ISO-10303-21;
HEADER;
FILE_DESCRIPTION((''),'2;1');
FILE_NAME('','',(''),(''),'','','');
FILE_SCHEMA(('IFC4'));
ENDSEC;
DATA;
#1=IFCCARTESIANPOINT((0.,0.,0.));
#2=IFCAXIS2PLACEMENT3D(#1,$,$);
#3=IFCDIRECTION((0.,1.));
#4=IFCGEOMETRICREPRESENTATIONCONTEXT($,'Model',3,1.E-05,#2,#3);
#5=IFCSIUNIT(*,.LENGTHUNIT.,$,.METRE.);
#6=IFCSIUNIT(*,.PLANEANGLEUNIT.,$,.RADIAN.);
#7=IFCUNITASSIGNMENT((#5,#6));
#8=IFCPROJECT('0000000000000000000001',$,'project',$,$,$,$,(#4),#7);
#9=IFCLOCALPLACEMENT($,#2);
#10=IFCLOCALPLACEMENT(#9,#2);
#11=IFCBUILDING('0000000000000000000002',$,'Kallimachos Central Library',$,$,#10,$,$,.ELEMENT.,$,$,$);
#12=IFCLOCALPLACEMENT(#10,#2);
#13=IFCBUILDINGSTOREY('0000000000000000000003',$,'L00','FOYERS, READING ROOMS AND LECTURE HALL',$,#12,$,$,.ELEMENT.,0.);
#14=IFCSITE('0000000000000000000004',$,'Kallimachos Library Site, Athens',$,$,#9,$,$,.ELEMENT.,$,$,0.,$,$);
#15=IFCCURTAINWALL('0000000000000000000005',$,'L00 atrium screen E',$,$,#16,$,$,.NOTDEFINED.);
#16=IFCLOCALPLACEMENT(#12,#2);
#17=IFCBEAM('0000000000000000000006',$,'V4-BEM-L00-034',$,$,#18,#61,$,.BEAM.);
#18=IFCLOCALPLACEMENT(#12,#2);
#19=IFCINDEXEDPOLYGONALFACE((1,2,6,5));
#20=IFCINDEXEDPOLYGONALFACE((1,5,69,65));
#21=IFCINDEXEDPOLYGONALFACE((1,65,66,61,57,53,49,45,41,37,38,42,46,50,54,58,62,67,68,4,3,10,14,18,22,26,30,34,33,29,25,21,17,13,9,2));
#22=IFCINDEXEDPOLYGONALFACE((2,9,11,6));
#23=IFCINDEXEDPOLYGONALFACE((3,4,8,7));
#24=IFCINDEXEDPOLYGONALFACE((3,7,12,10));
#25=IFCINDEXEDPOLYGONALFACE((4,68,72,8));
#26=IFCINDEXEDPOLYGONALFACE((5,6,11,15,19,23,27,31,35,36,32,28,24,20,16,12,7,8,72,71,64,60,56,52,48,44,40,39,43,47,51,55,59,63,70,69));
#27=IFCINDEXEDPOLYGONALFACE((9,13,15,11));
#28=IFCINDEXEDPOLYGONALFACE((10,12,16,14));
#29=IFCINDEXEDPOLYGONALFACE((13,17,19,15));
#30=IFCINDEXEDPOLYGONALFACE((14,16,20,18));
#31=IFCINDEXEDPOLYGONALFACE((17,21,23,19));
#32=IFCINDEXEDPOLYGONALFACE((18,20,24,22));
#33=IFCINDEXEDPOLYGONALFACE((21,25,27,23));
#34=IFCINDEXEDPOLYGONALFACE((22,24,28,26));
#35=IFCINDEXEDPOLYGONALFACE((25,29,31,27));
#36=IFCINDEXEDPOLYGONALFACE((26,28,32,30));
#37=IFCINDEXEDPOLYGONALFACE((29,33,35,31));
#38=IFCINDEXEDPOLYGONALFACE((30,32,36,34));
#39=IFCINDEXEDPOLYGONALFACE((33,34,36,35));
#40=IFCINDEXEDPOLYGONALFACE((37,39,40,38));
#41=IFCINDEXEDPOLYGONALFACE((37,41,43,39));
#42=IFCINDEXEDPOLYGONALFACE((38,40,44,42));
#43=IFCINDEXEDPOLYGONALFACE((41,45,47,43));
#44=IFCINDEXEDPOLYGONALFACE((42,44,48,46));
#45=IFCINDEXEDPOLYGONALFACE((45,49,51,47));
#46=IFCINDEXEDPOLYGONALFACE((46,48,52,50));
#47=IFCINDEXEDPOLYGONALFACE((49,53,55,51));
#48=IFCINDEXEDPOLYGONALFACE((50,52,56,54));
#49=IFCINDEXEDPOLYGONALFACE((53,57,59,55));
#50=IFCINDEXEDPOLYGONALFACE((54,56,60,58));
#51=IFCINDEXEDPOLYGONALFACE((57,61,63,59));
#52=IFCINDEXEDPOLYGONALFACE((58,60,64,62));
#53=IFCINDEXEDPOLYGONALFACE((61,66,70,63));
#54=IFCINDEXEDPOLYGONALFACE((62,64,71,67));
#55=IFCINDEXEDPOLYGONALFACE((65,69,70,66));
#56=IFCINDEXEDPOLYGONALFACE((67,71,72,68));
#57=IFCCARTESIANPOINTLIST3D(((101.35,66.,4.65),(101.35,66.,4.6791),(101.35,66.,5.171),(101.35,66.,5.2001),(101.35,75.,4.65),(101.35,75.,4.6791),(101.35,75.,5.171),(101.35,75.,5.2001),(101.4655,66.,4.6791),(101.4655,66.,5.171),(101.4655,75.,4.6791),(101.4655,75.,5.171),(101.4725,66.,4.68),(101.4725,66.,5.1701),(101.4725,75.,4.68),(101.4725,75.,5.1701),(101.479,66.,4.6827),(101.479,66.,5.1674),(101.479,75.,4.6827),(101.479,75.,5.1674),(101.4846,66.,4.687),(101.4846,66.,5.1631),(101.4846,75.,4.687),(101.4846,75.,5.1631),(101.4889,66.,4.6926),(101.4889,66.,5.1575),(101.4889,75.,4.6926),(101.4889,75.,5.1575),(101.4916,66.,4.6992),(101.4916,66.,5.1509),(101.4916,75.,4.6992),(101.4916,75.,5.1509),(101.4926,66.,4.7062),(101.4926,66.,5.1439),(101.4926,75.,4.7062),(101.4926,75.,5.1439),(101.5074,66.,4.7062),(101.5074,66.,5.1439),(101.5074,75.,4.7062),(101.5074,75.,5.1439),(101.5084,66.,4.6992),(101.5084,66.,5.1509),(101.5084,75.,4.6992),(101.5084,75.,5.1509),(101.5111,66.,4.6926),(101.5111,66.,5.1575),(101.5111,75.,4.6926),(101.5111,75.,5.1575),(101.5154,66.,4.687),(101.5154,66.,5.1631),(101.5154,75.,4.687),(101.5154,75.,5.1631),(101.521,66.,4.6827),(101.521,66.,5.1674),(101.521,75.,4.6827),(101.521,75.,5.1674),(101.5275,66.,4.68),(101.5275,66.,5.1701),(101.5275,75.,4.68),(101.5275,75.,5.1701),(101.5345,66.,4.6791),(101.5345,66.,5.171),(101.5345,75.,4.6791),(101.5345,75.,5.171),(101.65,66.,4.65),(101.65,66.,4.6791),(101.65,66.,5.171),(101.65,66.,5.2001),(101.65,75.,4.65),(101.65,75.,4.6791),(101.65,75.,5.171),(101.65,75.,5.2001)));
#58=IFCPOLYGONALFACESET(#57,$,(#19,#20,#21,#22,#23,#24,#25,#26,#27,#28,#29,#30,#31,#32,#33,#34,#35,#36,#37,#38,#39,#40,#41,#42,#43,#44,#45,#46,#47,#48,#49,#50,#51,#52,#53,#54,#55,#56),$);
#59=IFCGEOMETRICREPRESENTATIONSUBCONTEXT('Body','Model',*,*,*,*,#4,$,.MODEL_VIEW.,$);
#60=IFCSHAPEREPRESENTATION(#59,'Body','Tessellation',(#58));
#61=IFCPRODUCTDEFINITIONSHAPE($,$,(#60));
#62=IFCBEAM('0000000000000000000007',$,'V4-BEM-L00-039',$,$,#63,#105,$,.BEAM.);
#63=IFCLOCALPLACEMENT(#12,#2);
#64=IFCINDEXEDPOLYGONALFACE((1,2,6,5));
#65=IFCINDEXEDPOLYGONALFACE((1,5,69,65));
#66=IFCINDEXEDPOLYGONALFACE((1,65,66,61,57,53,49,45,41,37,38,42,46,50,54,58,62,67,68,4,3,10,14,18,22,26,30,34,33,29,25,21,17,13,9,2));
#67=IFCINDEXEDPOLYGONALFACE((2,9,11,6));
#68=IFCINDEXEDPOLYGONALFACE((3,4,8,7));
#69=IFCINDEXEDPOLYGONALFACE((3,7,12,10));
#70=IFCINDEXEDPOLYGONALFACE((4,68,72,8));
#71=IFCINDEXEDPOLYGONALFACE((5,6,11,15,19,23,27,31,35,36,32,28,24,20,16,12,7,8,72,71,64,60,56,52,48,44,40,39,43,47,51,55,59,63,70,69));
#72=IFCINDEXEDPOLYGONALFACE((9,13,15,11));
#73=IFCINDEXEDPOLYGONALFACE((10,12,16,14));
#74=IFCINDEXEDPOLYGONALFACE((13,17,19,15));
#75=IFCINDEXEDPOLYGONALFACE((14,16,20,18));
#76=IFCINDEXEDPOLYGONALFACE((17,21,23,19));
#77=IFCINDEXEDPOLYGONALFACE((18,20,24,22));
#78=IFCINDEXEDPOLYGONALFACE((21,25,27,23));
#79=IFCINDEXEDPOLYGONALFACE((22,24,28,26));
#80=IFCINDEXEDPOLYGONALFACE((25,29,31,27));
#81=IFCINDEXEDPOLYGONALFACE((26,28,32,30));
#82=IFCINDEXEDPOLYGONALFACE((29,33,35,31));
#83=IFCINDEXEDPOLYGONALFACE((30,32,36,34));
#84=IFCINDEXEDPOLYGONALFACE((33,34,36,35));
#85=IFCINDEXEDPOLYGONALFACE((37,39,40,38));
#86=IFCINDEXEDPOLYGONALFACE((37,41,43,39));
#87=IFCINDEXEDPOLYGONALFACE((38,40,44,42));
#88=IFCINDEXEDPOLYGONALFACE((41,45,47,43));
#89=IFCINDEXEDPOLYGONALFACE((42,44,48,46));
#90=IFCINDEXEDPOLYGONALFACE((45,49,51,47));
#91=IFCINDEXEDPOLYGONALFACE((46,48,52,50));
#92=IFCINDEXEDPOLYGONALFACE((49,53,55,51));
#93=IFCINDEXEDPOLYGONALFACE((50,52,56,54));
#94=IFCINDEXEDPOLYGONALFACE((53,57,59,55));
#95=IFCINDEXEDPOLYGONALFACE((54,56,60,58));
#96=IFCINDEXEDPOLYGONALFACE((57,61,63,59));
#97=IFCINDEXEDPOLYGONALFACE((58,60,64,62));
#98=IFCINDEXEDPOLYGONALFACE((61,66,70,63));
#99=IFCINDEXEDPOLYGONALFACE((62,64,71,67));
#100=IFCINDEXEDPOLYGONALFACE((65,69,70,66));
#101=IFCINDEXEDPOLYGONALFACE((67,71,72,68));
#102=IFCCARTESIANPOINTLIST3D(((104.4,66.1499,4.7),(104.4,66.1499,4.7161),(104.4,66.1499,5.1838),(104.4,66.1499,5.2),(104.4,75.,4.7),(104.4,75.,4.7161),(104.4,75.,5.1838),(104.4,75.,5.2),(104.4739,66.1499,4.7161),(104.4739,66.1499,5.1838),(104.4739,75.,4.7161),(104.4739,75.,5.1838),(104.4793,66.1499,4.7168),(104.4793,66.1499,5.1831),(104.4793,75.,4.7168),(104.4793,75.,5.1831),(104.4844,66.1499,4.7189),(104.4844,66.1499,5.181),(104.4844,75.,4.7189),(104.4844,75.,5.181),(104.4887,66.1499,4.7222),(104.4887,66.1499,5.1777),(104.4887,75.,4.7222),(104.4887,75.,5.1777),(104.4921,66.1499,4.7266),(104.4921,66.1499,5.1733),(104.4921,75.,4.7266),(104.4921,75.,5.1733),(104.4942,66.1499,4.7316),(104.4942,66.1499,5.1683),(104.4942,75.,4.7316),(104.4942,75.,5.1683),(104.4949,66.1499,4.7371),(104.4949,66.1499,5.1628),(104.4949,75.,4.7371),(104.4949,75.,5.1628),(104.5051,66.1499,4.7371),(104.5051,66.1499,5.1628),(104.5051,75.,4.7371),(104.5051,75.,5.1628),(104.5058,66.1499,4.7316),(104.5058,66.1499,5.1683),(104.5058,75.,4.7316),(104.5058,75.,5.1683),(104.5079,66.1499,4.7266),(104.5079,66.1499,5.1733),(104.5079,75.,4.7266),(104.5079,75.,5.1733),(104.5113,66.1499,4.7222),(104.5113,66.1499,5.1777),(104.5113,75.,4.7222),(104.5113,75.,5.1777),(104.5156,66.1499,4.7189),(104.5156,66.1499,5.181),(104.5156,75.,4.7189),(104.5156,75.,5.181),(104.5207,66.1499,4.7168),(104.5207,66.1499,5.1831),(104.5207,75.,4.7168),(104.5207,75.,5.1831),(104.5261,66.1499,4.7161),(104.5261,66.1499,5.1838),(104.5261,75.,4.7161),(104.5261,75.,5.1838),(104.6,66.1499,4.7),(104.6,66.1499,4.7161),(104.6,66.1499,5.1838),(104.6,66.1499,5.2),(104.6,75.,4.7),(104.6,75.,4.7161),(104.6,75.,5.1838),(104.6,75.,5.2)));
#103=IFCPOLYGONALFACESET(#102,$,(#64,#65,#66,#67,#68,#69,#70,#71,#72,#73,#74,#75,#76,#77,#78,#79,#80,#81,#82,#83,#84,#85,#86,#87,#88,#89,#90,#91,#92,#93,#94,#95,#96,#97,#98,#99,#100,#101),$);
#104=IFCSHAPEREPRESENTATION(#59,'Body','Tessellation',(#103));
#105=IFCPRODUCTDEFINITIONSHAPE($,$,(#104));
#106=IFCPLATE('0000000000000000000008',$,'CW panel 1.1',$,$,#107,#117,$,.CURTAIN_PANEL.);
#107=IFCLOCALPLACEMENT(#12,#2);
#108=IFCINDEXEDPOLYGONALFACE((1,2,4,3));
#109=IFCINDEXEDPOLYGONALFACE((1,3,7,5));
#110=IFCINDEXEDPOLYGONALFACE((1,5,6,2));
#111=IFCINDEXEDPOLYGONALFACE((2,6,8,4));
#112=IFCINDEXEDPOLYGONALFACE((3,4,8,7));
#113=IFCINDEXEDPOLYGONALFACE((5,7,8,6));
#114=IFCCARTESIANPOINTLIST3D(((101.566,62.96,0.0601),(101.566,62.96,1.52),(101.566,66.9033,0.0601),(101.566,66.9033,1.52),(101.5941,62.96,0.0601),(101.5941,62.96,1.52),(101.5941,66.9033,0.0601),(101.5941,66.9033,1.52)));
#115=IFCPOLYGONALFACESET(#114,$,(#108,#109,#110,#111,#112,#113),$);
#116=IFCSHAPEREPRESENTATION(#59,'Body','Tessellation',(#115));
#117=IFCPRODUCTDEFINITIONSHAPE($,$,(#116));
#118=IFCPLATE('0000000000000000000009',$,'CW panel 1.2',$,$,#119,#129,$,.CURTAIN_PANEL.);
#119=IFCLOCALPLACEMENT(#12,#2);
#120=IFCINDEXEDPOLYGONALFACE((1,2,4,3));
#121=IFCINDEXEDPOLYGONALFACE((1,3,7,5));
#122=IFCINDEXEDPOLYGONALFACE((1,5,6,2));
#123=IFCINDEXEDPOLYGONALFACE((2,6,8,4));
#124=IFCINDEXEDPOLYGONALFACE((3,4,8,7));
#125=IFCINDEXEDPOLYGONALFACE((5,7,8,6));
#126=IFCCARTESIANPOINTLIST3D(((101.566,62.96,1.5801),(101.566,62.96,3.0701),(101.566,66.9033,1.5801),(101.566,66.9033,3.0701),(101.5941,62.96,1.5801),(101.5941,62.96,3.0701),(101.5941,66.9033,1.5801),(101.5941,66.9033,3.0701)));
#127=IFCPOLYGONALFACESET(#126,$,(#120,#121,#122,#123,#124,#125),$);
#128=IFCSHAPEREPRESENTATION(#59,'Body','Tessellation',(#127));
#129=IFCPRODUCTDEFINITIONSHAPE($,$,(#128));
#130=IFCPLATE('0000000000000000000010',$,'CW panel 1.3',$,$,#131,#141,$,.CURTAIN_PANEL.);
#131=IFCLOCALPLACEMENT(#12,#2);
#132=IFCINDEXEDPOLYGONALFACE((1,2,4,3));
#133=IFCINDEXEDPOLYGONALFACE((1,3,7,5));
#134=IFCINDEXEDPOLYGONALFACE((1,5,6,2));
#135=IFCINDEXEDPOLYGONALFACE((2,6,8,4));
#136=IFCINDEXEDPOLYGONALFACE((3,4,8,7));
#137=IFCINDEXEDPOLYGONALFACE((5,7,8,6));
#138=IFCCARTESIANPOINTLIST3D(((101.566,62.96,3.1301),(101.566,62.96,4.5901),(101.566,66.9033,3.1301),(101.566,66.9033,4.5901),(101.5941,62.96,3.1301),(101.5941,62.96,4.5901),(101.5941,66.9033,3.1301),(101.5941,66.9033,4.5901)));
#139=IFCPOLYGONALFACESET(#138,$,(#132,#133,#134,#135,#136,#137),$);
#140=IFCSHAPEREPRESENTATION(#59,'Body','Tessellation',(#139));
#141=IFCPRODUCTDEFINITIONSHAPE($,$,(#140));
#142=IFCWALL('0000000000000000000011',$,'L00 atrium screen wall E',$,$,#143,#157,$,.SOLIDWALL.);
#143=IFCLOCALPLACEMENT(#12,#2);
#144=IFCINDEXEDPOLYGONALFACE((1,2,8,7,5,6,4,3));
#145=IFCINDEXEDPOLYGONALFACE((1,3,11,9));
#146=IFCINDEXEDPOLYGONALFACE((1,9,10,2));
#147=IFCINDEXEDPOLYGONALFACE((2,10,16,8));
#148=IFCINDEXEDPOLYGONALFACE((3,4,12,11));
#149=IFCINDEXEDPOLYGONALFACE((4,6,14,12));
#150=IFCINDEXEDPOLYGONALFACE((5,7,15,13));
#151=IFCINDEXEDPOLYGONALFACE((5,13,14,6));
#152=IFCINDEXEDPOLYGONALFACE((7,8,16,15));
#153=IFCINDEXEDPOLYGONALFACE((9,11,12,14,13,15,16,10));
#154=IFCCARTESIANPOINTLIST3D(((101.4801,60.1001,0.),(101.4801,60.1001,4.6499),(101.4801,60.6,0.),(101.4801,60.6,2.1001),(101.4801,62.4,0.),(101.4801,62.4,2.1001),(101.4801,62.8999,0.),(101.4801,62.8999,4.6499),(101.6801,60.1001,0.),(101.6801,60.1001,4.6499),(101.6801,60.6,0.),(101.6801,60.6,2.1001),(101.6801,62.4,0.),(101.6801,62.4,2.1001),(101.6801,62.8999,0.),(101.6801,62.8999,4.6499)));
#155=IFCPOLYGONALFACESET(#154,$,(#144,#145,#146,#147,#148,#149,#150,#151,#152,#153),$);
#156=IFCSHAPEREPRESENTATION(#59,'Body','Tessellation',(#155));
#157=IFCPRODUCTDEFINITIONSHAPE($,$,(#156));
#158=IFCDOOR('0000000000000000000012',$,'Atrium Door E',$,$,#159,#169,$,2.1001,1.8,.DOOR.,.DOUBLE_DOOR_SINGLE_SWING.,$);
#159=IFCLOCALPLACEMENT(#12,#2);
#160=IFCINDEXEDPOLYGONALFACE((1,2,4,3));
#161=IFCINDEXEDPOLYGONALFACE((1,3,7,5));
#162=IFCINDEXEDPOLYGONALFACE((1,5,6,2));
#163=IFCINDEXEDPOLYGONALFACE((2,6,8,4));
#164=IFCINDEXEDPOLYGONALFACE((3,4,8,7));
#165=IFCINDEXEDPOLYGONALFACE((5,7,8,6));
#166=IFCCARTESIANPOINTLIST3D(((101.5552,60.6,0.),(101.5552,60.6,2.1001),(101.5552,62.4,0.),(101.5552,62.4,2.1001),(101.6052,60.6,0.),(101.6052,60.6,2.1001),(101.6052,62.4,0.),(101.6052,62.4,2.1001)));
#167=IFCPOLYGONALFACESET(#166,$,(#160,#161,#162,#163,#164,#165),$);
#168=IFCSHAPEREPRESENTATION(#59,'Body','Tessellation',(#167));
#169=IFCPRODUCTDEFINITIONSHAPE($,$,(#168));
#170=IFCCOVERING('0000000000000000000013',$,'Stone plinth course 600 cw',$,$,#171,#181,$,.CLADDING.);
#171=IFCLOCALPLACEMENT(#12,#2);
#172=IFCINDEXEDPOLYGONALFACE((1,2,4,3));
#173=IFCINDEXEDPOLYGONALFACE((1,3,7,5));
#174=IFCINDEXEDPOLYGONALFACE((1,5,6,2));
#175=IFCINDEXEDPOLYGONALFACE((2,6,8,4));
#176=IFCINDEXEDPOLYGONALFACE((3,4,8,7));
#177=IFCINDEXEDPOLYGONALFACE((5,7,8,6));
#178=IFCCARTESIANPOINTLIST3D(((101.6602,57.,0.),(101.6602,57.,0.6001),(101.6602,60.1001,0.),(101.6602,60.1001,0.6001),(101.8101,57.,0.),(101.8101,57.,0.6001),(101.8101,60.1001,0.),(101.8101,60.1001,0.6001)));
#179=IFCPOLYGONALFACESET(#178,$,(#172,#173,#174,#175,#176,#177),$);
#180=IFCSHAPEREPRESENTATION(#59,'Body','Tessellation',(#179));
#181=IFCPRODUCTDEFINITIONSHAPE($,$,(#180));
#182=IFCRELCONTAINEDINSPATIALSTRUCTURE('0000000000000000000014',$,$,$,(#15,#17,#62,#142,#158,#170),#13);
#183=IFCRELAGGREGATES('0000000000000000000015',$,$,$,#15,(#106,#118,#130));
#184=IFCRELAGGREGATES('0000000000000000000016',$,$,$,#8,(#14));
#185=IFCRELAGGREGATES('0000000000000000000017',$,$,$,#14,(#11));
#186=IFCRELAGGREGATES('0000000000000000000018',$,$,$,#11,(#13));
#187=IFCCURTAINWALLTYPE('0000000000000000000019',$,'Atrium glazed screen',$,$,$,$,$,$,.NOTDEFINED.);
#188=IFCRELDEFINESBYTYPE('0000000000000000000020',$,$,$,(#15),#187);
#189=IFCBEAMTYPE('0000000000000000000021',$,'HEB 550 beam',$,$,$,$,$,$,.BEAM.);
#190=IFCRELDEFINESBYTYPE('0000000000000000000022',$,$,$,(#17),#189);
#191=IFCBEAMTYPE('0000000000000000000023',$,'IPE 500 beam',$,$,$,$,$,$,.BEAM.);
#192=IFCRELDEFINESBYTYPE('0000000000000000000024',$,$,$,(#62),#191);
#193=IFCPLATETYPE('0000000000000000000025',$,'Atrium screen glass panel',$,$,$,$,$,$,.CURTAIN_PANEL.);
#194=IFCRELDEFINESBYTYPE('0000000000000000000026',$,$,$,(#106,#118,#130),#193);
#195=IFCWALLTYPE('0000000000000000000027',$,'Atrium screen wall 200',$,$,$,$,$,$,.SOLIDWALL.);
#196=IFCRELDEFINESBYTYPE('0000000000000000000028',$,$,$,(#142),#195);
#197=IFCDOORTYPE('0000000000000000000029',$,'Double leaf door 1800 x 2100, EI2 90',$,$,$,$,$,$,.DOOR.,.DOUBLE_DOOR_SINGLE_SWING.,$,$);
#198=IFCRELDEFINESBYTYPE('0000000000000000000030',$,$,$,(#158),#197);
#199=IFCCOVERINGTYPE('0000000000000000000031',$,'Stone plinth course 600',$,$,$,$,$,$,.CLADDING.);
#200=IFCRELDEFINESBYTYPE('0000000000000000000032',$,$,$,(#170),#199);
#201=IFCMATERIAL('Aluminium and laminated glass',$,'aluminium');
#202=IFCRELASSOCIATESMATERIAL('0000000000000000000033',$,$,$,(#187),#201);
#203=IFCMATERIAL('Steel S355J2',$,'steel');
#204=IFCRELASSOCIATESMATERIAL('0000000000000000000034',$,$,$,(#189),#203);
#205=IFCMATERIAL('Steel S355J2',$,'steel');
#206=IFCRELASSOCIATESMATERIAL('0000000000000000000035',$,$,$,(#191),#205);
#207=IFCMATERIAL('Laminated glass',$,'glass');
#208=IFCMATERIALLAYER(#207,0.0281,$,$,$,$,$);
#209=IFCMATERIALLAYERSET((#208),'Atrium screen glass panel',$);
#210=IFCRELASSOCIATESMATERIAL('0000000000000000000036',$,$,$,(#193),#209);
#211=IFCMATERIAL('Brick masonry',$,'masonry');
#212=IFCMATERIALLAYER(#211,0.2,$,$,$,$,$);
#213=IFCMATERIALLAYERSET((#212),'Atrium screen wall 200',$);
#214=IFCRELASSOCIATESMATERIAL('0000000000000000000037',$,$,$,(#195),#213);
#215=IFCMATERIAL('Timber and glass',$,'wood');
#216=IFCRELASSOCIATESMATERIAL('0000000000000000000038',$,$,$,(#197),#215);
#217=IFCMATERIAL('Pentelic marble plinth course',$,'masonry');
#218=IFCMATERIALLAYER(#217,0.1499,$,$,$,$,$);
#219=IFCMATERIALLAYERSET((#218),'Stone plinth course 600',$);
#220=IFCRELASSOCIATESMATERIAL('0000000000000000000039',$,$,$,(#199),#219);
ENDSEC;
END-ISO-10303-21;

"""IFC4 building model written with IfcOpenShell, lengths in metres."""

from ifc_helpers import new_model, si_unit, direction, frame, frame_2d, origin, origin_2d, place, context, subcontext, project, spatial, rectangle, i_section, extrude, material, layer, layer_set, material_profile, profile_set, type_object, element, fill, aggregate, save


model = new_model("IFC4")

# Units and contexts
model_context = context("Model", 3, precision=1e-05, world=origin(), true_north=direction((0.0, 1.0)))
body_context = subcontext(model_context, "Body", "Model", "MODEL_VIEW")
ifc_project = project(units=[si_unit("LENGTHUNIT", "METRE"), si_unit("PLANEANGLEUNIT", "RADIAN")], contexts=[model_context])

# Site, building, storey
site_placement = place(None, origin())
site = spatial("IfcSite", under=ifc_project, at=site_placement, Name="Kallimachos Library Site, Athens", CompositionType="ELEMENT", RefElevation=0.0)
building_placement = place(site_placement, origin())
building = spatial("IfcBuilding", under=site, at=building_placement, Name="Kallimachos Central Library", CompositionType="ELEMENT")
storey_placement = place(building_placement, origin())
storey = spatial("IfcBuildingStorey", under=building, at=storey_placement, Name="L00", Description="FOYERS, READING ROOMS AND LECTURE HALL", CompositionType="ELEMENT", Elevation=0.0)

# Shared definitions
ifc_material_1 = material(Name="Aluminium and laminated glass", Category="aluminium")
curtain_wall_type = type_object("IfcCurtainWallType", Name="Atrium glazed screen", PredefinedType="NOTDEFINED", material=ifc_material_1)

# Curtain wall
curtain_wall_1_placement = place(storey_placement, origin())
curtain_wall_1 = element("IfcCurtainWall", 1, at=curtain_wall_1_placement, inside=storey, type_object=curtain_wall_type, Name="L00 atrium screen E", PredefinedType="NOTDEFINED")

# Beams
ifc_material_2 = material(Name="Steel S355J2", Category="steel")
ifc_material_profile_1 = material_profile(ifc_material_2, i_section(OverallWidth=0.3, OverallDepth=0.55, WebThickness=0.0149, FlangeThickness=0.0291, FilletRadius=0.0271, at=origin_2d()), Name="HEB 550")
ifc_profile_set_1 = profile_set([ifc_material_profile_1], Name="Steel S355J2")
beam_type_1 = type_object("IfcBeamType", Name="HEB 550 beam", PredefinedType="BEAM", material=ifc_profile_set_1)
for number, where, z_axis, x_axis, name in (
    (2, (101.5, 66.0, 4.925), (0.0, 1.0, 0.0), (-1.0, 0.0, 0.0), "V4-BEM-L00-034"),
):
    element("IfcBeam", number, at=place(storey_placement, frame(where, z_axis=z_axis, x_axis=x_axis)), inside=storey, type_object=beam_type_1, Name=name, PredefinedType="BEAM", context=body_context, shape_type="SweptSolid", body=[
        extrude(i_section(OverallWidth=0.3, OverallDepth=0.55, WebThickness=0.0149, FlangeThickness=0.0291, FilletRadius=0.0271, at=origin_2d()), origin(), (0.0, 0.0, 1.0), 9.0),
    ])
ifc_material_3 = material(Name="Steel S355J2", Category="steel")
ifc_material_profile_2 = material_profile(ifc_material_3, i_section(OverallWidth=0.2, OverallDepth=0.5, WebThickness=0.0103, FlangeThickness=0.0161, FilletRadius=0.021, at=origin_2d()), Name="IPE 500")
ifc_profile_set_2 = profile_set([ifc_material_profile_2], Name="Steel S355J2")
beam_type_2 = type_object("IfcBeamType", Name="IPE 500 beam", PredefinedType="BEAM", material=ifc_profile_set_2)
beam_placement = place(storey_placement, frame((104.5, 66.1499, 4.95), z_axis=(0.0, 1.0, 0.0), x_axis=(-1.0, 0.0, 0.0)))
element("IfcBeam", 3, at=beam_placement, inside=storey, type_object=beam_type_2, Name="V4-BEM-L00-039", PredefinedType="BEAM", context=body_context, shape_type="SweptSolid", body=[
    extrude(i_section(OverallWidth=0.2, OverallDepth=0.5, WebThickness=0.0103, FlangeThickness=0.0161, FilletRadius=0.021, at=origin_2d()), origin(), (0.0, 0.0, 1.0), 8.8501),
])

# Plates
ifc_material_4 = material(Name="Laminated glass", Category="glass")
ifc_layer_1 = layer(ifc_material_4, 0.0281)
ifc_layer_set_1 = layer_set([ifc_layer_1], Name="Atrium screen glass panel")
plate_type = type_object("IfcPlateType", Name="Atrium screen glass panel", PredefinedType="CURTAIN_PANEL", material=ifc_layer_set_1)
plate_1_placement = place(storey_placement, frame((101.5801, 64.9316, 0.0601), z_axis=(0.0, 0.0, 1.0), x_axis=(0.0, 1.0, 0.0)))
plate_1 = element("IfcPlate", 4, at=plate_1_placement, type_object=plate_type, Name="CW panel 1.1", PredefinedType="CURTAIN_PANEL", context=body_context, shape_type="SweptSolid", body=[
    extrude(rectangle(XDim=3.9434, YDim=0.0281, at=origin_2d()), origin(), (0.0, 0.0, 1.0), 1.46),
])
plate_2_placement = place(storey_placement, frame((101.5801, 64.9316, 1.5801), z_axis=(0.0, 0.0, 1.0), x_axis=(0.0, 1.0, 0.0)))
plate_2 = element("IfcPlate", 5, at=plate_2_placement, type_object=plate_type, Name="CW panel 1.2", PredefinedType="CURTAIN_PANEL", context=body_context, shape_type="SweptSolid", body=[
    extrude(rectangle(XDim=3.9434, YDim=0.0281, at=origin_2d()), origin(), (0.0, 0.0, 1.0), 1.49),
])
plate_3_placement = place(storey_placement, frame((101.5801, 64.9316, 3.1301), z_axis=(0.0, 0.0, 1.0), x_axis=(0.0, 1.0, 0.0)))
plate_3 = element("IfcPlate", 6, at=plate_3_placement, type_object=plate_type, Name="CW panel 1.3", PredefinedType="CURTAIN_PANEL", context=body_context, shape_type="SweptSolid", body=[
    extrude(rectangle(XDim=3.9434, YDim=0.0281, at=origin_2d()), origin(), (0.0, 0.0, 1.0), 1.46),
])
aggregate(curtain_wall_1, [plate_1, plate_2, plate_3])

# Wall, opening, door
ifc_material_5 = material(Name="Brick masonry", Category="masonry")
ifc_layer_2 = layer(ifc_material_5, 0.2)
ifc_layer_set_2 = layer_set([ifc_layer_2], Name="Atrium screen wall 200")
wall_type = type_object("IfcWallType", Name="Atrium screen wall 200", PredefinedType="SOLIDWALL", material=ifc_layer_set_2)
wall_placement = place(storey_placement, frame((101.5801, 60.1001, 0.0), z_axis=(0.0, 0.0, 1.0), x_axis=(0.0, 1.0, 0.0)))
wall = element("IfcWall", 7, at=wall_placement, inside=storey, type_object=wall_type, Name="L00 atrium screen wall E", PredefinedType="SOLIDWALL", context=body_context, shape_type="SweptSolid", body=[
    extrude(rectangle(XDim=2.7998, YDim=0.2, at=frame_2d((1.3999, 0.0))), origin(), (0.0, 0.0, 1.0), 4.6499),
])
opening_placement = place(wall_placement, frame((0.5, 0.0, 0.0)))
opening = element("IfcOpeningElement", 8, at=opening_placement, cuts=wall, PredefinedType="OPENING", context=body_context, shape_type="SweptSolid", body=[
    extrude(rectangle(XDim=1.8, YDim=2.1001, at=frame_2d((0.8999, 1.05))), frame((0.0, 0.1099, 0.0), z_axis=(0.0, -1.0, 0.0), x_axis=(1.0, 0.0, 0.0)), (0.0, 0.0, 1.0), 0.22),
])
ifc_material_6 = material(Name="Timber and glass", Category="wood")
door_type = type_object("IfcDoorType", Name="Double leaf door 1800 x 2100, EI2 90", OperationType="DOUBLE_DOOR_SINGLE_SWING", PredefinedType="DOOR", material=ifc_material_6)
door_placement = place(opening_placement, origin())
door = element("IfcDoor", 9, at=door_placement, inside=storey, type_object=door_type, Name="Atrium Door E", OperationType="DOUBLE_DOOR_SINGLE_SWING", OverallHeight=2.1001, OverallWidth=1.8, PredefinedType="DOOR", context=body_context, shape_type="SweptSolid", body=[
    extrude(rectangle(XDim=1.8, YDim=2.1001, at=frame_2d((0.8999, 1.05))), frame((0.0, 0.0249, 0.0), z_axis=(0.0, -1.0, 0.0), x_axis=(1.0, 0.0, 0.0)), (0.0, 0.0, 1.0), 0.05),
])
fill(opening, door)

# Covering
ifc_material_7 = material(Name="Pentelic marble plinth course", Category="masonry")
ifc_layer_3 = layer(ifc_material_7, 0.1499)
ifc_layer_set_3 = layer_set([ifc_layer_3], Name="Stone plinth course 600")
covering_type = type_object("IfcCoveringType", Name="Stone plinth course 600", PredefinedType="CLADDING", material=ifc_layer_set_3)
covering_placement = place(storey_placement, frame((101.7351, 58.55, 0.0), z_axis=(0.0, 0.0, 1.0), x_axis=(1.0, 0.0, 0.0)))
element("IfcCovering", 10, at=covering_placement, inside=storey, type_object=covering_type, Name="Stone plinth course 600 cw", PredefinedType="CLADDING", context=body_context, shape_type="SweptSolid", body=[
    extrude(rectangle(XDim=0.1499, YDim=3.1001, at=origin_2d()), origin(), (0.0, 0.0, 1.0), 0.6001),
])

save(model, "model.ifc")
